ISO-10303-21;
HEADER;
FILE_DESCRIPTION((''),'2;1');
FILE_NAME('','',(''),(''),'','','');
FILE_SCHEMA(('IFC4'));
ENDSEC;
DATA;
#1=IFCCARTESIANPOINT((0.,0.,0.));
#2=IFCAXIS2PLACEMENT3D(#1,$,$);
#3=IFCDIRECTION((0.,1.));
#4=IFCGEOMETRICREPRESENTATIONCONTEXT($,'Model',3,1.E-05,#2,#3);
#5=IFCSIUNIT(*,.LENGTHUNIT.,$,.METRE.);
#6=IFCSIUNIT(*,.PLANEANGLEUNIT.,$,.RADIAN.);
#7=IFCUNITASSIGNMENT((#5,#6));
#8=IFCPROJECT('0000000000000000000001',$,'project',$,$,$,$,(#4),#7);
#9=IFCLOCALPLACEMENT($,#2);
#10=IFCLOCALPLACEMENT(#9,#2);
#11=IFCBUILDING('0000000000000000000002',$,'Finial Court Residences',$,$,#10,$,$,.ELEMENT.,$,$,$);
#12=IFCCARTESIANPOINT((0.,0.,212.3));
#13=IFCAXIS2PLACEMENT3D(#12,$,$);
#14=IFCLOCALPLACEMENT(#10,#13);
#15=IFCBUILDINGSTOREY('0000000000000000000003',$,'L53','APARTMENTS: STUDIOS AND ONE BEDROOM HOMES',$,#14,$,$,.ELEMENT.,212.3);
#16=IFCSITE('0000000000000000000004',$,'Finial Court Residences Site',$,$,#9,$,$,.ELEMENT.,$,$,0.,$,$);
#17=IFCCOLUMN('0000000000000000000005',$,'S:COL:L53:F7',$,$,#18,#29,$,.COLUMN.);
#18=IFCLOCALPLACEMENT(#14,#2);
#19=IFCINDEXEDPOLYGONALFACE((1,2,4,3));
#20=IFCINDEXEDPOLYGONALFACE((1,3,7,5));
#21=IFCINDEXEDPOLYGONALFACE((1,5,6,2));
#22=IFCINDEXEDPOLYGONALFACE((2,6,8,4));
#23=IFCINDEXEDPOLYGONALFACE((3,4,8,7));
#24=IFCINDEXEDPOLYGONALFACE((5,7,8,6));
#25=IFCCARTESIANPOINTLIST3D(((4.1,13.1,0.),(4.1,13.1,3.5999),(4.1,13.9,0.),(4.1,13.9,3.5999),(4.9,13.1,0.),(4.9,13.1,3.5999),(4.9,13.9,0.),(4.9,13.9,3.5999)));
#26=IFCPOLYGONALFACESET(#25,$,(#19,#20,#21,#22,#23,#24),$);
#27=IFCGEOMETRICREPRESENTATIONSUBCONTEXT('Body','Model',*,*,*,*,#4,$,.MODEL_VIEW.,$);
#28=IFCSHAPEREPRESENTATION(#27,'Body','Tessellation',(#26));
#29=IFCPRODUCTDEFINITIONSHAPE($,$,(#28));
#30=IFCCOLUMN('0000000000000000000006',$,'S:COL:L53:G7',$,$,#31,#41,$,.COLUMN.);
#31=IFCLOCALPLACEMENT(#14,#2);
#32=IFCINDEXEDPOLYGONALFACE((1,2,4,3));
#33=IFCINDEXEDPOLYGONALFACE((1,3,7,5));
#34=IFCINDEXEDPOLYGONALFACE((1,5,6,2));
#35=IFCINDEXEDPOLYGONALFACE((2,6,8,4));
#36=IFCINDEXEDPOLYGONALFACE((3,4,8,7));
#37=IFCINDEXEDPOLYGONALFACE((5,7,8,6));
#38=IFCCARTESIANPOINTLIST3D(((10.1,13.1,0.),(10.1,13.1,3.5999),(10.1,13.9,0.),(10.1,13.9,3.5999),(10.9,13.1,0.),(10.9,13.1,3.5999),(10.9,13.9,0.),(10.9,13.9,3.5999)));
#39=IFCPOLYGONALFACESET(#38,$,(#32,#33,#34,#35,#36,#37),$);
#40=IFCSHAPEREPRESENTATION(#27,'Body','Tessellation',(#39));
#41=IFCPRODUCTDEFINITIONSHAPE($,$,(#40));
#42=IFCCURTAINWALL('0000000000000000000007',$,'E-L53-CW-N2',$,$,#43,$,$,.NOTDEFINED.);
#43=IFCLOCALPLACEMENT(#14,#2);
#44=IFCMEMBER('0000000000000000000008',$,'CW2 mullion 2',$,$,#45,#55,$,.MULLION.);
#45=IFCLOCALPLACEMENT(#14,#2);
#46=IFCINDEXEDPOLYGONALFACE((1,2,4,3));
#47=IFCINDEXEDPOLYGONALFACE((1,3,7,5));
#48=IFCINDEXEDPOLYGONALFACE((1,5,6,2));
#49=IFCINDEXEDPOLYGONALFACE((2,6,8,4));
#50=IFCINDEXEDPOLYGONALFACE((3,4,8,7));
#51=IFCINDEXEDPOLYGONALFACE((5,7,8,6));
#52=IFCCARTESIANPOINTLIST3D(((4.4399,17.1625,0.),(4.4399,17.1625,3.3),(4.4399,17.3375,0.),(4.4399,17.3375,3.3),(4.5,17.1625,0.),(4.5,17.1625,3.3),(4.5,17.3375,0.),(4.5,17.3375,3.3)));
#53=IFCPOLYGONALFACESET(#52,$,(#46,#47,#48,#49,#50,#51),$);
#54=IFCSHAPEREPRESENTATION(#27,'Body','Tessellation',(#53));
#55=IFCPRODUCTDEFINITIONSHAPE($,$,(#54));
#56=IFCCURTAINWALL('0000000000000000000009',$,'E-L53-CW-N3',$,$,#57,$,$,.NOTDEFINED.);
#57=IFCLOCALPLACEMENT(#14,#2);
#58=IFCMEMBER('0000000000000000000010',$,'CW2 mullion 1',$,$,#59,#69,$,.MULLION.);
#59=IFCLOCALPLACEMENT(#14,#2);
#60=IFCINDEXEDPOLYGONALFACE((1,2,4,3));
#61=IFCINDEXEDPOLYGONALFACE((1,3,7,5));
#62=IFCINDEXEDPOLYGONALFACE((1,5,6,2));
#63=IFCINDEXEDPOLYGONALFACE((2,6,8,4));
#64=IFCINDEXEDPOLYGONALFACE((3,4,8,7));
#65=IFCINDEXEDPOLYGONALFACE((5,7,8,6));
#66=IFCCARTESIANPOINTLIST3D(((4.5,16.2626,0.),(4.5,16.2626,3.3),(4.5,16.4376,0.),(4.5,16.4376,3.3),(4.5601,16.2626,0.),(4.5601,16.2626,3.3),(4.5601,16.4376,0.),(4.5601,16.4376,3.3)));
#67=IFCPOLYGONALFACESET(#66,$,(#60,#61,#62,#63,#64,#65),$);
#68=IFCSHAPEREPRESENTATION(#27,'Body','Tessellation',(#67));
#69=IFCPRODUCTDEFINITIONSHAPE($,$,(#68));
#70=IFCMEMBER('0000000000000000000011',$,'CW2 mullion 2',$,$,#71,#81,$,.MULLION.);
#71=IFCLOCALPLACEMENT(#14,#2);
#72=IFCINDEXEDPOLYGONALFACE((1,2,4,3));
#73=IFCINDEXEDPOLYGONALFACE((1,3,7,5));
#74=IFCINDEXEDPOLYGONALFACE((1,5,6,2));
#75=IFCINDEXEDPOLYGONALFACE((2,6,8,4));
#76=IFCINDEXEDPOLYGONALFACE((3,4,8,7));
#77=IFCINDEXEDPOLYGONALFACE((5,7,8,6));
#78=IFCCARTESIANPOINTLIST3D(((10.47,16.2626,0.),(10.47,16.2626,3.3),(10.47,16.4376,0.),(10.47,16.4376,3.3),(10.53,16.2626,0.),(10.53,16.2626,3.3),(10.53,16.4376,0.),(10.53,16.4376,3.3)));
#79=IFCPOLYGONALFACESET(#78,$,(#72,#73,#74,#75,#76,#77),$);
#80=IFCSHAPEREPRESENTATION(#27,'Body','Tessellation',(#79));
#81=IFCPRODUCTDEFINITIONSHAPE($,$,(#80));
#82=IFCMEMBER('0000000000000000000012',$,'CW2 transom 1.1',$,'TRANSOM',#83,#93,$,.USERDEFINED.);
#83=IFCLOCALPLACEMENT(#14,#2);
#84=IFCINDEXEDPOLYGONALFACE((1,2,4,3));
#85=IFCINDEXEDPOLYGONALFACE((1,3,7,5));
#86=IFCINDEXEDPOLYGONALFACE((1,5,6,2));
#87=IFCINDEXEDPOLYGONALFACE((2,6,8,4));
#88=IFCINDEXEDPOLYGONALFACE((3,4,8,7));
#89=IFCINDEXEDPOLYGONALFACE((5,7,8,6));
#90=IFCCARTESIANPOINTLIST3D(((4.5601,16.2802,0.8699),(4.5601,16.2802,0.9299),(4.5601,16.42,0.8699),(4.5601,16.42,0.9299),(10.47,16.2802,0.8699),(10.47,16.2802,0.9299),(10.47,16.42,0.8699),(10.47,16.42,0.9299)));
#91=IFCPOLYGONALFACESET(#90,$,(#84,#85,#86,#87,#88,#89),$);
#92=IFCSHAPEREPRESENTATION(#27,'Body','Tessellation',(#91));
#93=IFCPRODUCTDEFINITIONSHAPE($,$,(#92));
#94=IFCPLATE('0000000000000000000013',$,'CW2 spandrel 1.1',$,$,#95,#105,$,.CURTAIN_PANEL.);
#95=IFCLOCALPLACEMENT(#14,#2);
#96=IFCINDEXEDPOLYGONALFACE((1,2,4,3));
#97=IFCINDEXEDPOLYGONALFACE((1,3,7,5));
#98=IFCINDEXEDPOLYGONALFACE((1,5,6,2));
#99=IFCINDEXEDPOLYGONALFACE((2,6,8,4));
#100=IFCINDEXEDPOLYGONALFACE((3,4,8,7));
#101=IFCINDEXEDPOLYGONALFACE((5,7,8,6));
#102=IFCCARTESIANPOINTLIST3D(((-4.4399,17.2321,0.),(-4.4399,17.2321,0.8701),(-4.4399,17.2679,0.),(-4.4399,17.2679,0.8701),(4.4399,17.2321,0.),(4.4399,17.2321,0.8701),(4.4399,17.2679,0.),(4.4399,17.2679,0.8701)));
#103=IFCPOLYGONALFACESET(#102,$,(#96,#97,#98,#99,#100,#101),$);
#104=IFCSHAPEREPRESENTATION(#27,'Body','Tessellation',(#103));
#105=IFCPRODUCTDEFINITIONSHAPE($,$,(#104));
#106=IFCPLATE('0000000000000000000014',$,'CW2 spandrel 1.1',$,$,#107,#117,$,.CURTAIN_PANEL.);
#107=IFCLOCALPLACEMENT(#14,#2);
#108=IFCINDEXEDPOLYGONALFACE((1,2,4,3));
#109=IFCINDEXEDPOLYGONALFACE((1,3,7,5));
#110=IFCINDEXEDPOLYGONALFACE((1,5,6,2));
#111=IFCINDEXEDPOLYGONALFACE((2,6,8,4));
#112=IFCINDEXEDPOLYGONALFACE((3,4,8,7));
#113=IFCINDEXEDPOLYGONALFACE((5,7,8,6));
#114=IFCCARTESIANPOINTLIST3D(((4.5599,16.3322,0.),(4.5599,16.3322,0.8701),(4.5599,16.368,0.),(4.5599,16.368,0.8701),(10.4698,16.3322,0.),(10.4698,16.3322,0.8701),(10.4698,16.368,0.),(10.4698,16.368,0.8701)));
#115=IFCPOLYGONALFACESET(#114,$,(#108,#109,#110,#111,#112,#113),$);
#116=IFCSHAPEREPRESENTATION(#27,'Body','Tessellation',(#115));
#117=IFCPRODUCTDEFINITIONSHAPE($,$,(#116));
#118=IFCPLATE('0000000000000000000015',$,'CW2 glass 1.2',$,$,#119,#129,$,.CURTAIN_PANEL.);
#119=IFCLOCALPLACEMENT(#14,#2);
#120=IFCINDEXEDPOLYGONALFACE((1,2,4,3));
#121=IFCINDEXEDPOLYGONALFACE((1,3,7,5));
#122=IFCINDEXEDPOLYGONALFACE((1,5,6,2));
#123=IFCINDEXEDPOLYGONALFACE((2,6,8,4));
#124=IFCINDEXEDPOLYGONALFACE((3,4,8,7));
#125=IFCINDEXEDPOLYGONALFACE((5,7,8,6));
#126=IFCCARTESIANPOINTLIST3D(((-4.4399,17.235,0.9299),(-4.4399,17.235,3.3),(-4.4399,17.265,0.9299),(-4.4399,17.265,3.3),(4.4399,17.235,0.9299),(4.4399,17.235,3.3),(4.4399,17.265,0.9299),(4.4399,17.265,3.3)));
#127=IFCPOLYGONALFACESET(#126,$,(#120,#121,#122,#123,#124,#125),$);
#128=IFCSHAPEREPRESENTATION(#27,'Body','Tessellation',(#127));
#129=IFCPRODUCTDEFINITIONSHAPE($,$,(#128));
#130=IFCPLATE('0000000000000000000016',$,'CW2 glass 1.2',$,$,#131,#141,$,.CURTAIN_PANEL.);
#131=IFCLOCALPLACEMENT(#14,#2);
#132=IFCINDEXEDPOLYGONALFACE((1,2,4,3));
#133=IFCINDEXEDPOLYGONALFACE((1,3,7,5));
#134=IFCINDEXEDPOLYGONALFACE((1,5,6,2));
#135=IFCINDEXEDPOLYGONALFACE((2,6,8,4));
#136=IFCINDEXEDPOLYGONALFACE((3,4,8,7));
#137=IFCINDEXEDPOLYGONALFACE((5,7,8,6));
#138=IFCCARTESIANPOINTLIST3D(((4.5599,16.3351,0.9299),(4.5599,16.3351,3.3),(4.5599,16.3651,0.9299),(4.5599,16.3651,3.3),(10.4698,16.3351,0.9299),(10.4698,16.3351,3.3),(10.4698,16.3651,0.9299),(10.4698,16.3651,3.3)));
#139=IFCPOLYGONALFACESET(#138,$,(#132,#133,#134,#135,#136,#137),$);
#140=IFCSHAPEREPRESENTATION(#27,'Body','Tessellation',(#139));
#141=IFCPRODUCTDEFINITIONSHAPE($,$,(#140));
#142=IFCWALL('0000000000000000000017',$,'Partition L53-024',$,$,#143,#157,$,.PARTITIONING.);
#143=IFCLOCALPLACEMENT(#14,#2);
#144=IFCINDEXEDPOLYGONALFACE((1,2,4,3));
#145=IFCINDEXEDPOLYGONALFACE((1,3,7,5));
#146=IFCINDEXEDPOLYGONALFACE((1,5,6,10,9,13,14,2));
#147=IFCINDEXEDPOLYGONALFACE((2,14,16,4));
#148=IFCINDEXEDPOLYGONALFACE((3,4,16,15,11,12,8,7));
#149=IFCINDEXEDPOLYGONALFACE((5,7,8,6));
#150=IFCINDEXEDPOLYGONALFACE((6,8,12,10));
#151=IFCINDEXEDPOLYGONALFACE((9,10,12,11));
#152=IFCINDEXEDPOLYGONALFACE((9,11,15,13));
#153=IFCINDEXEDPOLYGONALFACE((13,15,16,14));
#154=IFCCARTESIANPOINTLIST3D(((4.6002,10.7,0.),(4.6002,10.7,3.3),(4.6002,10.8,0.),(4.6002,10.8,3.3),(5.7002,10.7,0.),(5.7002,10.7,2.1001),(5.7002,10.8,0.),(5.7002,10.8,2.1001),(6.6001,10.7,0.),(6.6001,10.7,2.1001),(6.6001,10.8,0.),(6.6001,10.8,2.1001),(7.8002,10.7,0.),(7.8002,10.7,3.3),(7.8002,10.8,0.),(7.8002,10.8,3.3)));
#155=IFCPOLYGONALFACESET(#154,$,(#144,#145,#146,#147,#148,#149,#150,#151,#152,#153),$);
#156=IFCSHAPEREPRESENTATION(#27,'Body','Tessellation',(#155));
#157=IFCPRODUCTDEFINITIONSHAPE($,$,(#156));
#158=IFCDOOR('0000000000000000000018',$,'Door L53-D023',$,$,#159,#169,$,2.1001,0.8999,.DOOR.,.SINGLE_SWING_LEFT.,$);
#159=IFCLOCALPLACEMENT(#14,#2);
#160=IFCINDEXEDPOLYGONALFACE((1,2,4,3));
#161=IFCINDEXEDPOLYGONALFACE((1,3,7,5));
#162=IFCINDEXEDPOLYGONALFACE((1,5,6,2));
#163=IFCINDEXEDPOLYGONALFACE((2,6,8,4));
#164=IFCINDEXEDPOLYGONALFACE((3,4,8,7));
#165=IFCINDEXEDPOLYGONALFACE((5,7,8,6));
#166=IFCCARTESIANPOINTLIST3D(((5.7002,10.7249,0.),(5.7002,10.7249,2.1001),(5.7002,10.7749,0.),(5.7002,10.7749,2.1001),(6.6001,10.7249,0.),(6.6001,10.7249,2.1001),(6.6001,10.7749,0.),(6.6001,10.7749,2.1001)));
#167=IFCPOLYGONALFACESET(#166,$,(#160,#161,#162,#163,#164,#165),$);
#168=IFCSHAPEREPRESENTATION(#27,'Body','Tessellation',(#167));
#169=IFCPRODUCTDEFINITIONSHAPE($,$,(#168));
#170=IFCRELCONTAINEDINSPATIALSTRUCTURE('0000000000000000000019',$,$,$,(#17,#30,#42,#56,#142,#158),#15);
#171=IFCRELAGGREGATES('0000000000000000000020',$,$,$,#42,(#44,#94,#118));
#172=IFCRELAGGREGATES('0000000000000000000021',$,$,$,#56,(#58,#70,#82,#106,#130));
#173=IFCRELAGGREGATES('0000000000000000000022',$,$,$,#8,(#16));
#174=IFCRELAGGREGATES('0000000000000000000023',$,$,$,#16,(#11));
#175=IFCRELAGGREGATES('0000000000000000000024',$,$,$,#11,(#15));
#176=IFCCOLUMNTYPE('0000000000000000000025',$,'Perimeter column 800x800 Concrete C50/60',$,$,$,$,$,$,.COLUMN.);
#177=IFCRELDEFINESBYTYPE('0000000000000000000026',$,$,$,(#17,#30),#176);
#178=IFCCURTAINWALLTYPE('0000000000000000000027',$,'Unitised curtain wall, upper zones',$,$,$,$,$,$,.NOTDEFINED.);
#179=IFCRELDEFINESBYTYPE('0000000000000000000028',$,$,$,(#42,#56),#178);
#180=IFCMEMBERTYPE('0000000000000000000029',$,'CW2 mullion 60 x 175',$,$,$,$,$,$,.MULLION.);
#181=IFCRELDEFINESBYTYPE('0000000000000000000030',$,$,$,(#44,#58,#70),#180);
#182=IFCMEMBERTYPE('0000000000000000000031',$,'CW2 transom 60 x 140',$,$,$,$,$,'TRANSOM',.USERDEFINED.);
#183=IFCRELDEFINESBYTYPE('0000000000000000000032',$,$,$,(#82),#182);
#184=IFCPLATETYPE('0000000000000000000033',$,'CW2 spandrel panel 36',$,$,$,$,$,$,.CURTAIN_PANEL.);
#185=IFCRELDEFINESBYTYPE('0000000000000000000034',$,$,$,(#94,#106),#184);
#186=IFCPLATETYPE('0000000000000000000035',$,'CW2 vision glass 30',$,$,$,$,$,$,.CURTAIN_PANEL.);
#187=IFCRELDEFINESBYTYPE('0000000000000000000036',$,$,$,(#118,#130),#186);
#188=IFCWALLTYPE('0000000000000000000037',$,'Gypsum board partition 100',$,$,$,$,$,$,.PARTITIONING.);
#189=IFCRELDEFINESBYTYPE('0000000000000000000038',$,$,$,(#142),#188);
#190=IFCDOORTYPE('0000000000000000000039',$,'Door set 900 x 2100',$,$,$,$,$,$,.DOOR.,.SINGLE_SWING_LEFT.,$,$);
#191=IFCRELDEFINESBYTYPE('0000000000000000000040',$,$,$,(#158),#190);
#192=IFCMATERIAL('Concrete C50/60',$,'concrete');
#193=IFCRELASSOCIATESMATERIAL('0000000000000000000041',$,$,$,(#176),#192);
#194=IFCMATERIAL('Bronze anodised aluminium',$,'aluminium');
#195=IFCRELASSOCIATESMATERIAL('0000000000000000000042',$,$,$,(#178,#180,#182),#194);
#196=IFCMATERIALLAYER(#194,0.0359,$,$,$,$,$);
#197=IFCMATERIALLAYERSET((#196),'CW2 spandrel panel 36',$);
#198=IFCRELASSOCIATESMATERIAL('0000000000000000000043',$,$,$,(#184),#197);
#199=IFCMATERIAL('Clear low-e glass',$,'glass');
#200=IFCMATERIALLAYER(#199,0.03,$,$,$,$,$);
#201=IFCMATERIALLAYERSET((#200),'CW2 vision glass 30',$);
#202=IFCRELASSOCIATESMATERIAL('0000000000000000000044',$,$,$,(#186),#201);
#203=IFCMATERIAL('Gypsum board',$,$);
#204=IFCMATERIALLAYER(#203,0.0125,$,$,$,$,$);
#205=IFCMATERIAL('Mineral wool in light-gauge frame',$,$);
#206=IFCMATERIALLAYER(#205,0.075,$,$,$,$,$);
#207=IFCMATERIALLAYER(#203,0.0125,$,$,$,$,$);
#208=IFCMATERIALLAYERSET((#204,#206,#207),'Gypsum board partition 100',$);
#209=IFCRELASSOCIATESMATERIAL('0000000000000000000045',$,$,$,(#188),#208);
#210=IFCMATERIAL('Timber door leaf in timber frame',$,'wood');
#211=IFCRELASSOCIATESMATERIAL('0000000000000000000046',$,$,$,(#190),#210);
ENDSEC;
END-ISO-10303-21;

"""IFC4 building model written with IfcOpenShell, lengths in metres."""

from ifc_helpers import new_model, si_unit, direction, frame, frame_2d, origin, origin_2d, place, context, subcontext, project, spatial, rectangle, extrude, material, layer, layer_set, material_profile, profile_set, type_object, element, fill, aggregate, save


model = new_model("IFC4")

# Units and contexts
model_context = context("Model", 3, precision=1e-05, world=origin(), true_north=direction((0.0, 1.0)))
body_context = subcontext(model_context, "Body", "Model", "MODEL_VIEW")
ifc_project = project(units=[si_unit("LENGTHUNIT", "METRE"), si_unit("PLANEANGLEUNIT", "RADIAN")], contexts=[model_context])

# Site, building, storey
site_placement = place(None, origin())
site = spatial("IfcSite", under=ifc_project, at=site_placement, Name="Finial Court Residences Site", CompositionType="ELEMENT", RefElevation=0.0)
building_placement = place(site_placement, origin())
building = spatial("IfcBuilding", under=site, at=building_placement, Name="Finial Court Residences", CompositionType="ELEMENT")
storey_placement = place(building_placement, frame((0.0, 0.0, 212.3)))
storey = spatial("IfcBuildingStorey", under=building, at=storey_placement, Name="L53", Description="APARTMENTS: STUDIOS AND ONE BEDROOM HOMES", CompositionType="ELEMENT", Elevation=212.3)

# Columns
ifc_material_1 = material(Name="Concrete C50/60", Category="concrete")
ifc_material_profile_1 = material_profile(ifc_material_1, rectangle(XDim=0.8, YDim=0.8, at=origin_2d()), Name="800x800")
ifc_profile_set_1 = profile_set([ifc_material_profile_1], Name="Concrete C50/60")
column_type = type_object("IfcColumnType", Name="Perimeter column 800x800 Concrete C50/60", PredefinedType="COLUMN", material=ifc_profile_set_1)
for number, where, z_axis, x_axis, name in (
    (1, (4.5, 13.5, 0.0), (0.0, 0.0, 1.0), (1.0, 0.0, 0.0), "S:COL:L53:F7"),
    (2, (10.5, 13.5, 0.0), (0.0, 0.0, 1.0), (1.0, 0.0, 0.0), "S:COL:L53:G7"),
):
    element("IfcColumn", number, at=place(storey_placement, frame(where, z_axis=z_axis, x_axis=x_axis)), inside=storey, type_object=column_type, Name=name, PredefinedType="COLUMN", context=body_context, shape_type="SweptSolid", body=[
        extrude(rectangle(XDim=0.8, YDim=0.8, at=origin_2d()), origin(), (0.0, 0.0, 1.0), 3.5999),
    ])

# Curtain wall, member
ifc_material_2 = material(Name="Bronze anodised aluminium", Category="aluminium")
curtain_wall_type = type_object("IfcCurtainWallType", Name="Unitised curtain wall, upper zones", PredefinedType="NOTDEFINED", material=ifc_material_2)
curtain_wall_1_placement = place(storey_placement, origin())
curtain_wall_1 = element("IfcCurtainWall", 3, at=curtain_wall_1_placement, inside=storey, type_object=curtain_wall_type, Name="E-L53-CW-N2", PredefinedType="NOTDEFINED")
ifc_material_profile_2 = material_profile(ifc_material_2, rectangle(XDim=0.175, YDim=0.0601, at=origin_2d()), Name="CW2 mullion 60 x 175")
ifc_profile_set_2 = profile_set([ifc_material_profile_2], Name="Bronze anodised aluminium")
member_type_1 = type_object("IfcMemberType", Name="CW2 mullion 60 x 175", PredefinedType="MULLION", material=ifc_profile_set_2)
member_1_placement = place(storey_placement, frame((4.47, 17.25, 0.0), z_axis=(0.0, 0.0, 1.0), x_axis=(0.0, 1.0, 0.0)))
member_1 = element("IfcMember", 4, at=member_1_placement, type_object=member_type_1, Name="CW2 mullion 2", PredefinedType="MULLION", context=body_context, shape_type="SweptSolid", body=[
    extrude(rectangle(XDim=0.175, YDim=0.0601, at=origin_2d()), origin(), (0.0, 0.0, 1.0), 3.3),
])

# Curtain wall, members
curtain_wall_2_placement = place(storey_placement, origin())
curtain_wall_2 = element("IfcCurtainWall", 5, at=curtain_wall_2_placement, inside=storey, type_object=curtain_wall_type, Name="E-L53-CW-N3", PredefinedType="NOTDEFINED")
member_2_placement = place(storey_placement, frame((4.53, 16.3501, 0.0), z_axis=(0.0, 0.0, 1.0), x_axis=(0.0, 1.0, 0.0)))
member_2 = element("IfcMember", 6, at=member_2_placement, type_object=member_type_1, Name="CW2 mullion 1", PredefinedType="MULLION", context=body_context, shape_type="SweptSolid", body=[
    extrude(rectangle(XDim=0.175, YDim=0.0601, at=origin_2d()), origin(), (0.0, 0.0, 1.0), 3.3),
])
member_3_placement = place(storey_placement, frame((10.5, 16.3501, 0.0), z_axis=(0.0, 0.0, 1.0), x_axis=(0.0, 1.0, 0.0)))
member_3 = element("IfcMember", 7, at=member_3_placement, type_object=member_type_1, Name="CW2 mullion 2", PredefinedType="MULLION", context=body_context, shape_type="SweptSolid", body=[
    extrude(rectangle(XDim=0.175, YDim=0.0601, at=origin_2d()), origin(), (0.0, 0.0, 1.0), 3.3),
])
ifc_material_profile_3 = material_profile(ifc_material_2, rectangle(XDim=0.1399, YDim=0.0601, at=origin_2d()), Name="CW2 transom 60 x 140")
ifc_profile_set_3 = profile_set([ifc_material_profile_3], Name="Bronze anodised aluminium")
member_type_2 = type_object("IfcMemberType", Name="CW2 transom 60 x 140", ElementType="TRANSOM", PredefinedType="USERDEFINED", material=ifc_profile_set_3)
member_4_placement = place(storey_placement, frame((4.5601, 16.3501, 0.8999), z_axis=(1.0, 0.0, 0.0), x_axis=(0.0, 1.0, 0.0)))
member_4 = element("IfcMember", 8, at=member_4_placement, type_object=member_type_2, Name="CW2 transom 1.1", ObjectType="TRANSOM", PredefinedType="USERDEFINED", context=body_context, shape_type="SweptSolid", body=[
    extrude(rectangle(XDim=0.1399, YDim=0.0601, at=origin_2d()), origin(), (0.0, 0.0, 1.0), 5.9099),
])

# Plates
ifc_layer_1 = layer(ifc_material_2, 0.0359)
ifc_layer_set_1 = layer_set([ifc_layer_1], Name="CW2 spandrel panel 36")
plate_type_1 = type_object("IfcPlateType", Name="CW2 spandrel panel 36", PredefinedType="CURTAIN_PANEL", material=ifc_layer_set_1)
plate_1_placement = place(storey_placement, frame((0.0, 17.25, 0.0), z_axis=(0.0, 0.0, 1.0), x_axis=(1.0, 0.0, 0.0)))
plate_1 = element("IfcPlate", 9, at=plate_1_placement, type_object=plate_type_1, Name="CW2 spandrel 1.1", PredefinedType="CURTAIN_PANEL", context=body_context, shape_type="SweptSolid", body=[
    extrude(rectangle(XDim=8.8799, YDim=0.0359, at=origin_2d()), origin(), (0.0, 0.0, 1.0), 0.8701),
])
plate_2_placement = place(storey_placement, frame((7.5149, 16.3501, 0.0), z_axis=(0.0, 0.0, 1.0), x_axis=(1.0, 0.0, 0.0)))
plate_2 = element("IfcPlate", 10, at=plate_2_placement, type_object=plate_type_1, Name="CW2 spandrel 1.1", PredefinedType="CURTAIN_PANEL", context=body_context, shape_type="SweptSolid", body=[
    extrude(rectangle(XDim=5.9099, YDim=0.0359, at=origin_2d()), origin(), (0.0, 0.0, 1.0), 0.8701),
])
ifc_material_3 = material(Name="Clear low-e glass", Category="glass")
ifc_layer_2 = layer(ifc_material_3, 0.03)
ifc_layer_set_2 = layer_set([ifc_layer_2], Name="CW2 vision glass 30")
plate_type_2 = type_object("IfcPlateType", Name="CW2 vision glass 30", PredefinedType="CURTAIN_PANEL", material=ifc_layer_set_2)
plate_3_placement = place(storey_placement, frame((0.0, 17.25, 0.9299), z_axis=(0.0, 0.0, 1.0), x_axis=(1.0, 0.0, 0.0)))
plate_3 = element("IfcPlate", 11, at=plate_3_placement, type_object=plate_type_2, Name="CW2 glass 1.2", PredefinedType="CURTAIN_PANEL", context=body_context, shape_type="SweptSolid", body=[
    extrude(rectangle(XDim=8.8799, YDim=0.03, at=origin_2d()), origin(), (0.0, 0.0, 1.0), 2.3701),
])
aggregate(curtain_wall_1, [member_1, plate_1, plate_3])
plate_4_placement = place(storey_placement, frame((7.5149, 16.3501, 0.9299), z_axis=(0.0, 0.0, 1.0), x_axis=(1.0, 0.0, 0.0)))
plate_4 = element("IfcPlate", 12, at=plate_4_placement, type_object=plate_type_2, Name="CW2 glass 1.2", PredefinedType="CURTAIN_PANEL", context=body_context, shape_type="SweptSolid", body=[
    extrude(rectangle(XDim=5.9099, YDim=0.03, at=origin_2d()), origin(), (0.0, 0.0, 1.0), 2.3701),
])
aggregate(curtain_wall_2, [member_2, member_3, member_4, plate_2, plate_4])

# Wall, opening, door
ifc_material_4 = material(Name="Gypsum board")
ifc_layer_3 = layer(ifc_material_4, 0.0125)
ifc_material_5 = material(Name="Mineral wool in light-gauge frame")
ifc_layer_4 = layer(ifc_material_5, 0.075)
ifc_layer_5 = layer(ifc_material_4, 0.0125)
ifc_layer_set_3 = layer_set([ifc_layer_3, ifc_layer_4, ifc_layer_5], Name="Gypsum board partition 100")
wall_type_1 = type_object("IfcWallType", Name="Gypsum board partition 100", PredefinedType="PARTITIONING", material=ifc_layer_set_3)
wall_1_placement = place(storey_placement, frame((4.6001, 10.75, 0.0), z_axis=(0.0, 0.0, 1.0), x_axis=(1.0, 0.0, 0.0)))
wall_1 = element("IfcWall", 13, at=wall_1_placement, inside=storey, type_object=wall_type_1, Name="Partition L53-024", PredefinedType="PARTITIONING", context=body_context, shape_type="SweptSolid", body=[
    extrude(rectangle(XDim=3.2, YDim=0.1001, at=frame_2d((1.6001, 0.0))), origin(), (0.0, 0.0, 1.0), 3.3),
])
opening_1_placement = place(wall_1_placement, frame((1.1001, 0.0, 0.0)))
opening_1 = element("IfcOpeningElement", 14, at=opening_1_placement, cuts=wall_1, PredefinedType="OPENING", context=body_context, shape_type="SweptSolid", body=[
    extrude(rectangle(XDim=0.8999, YDim=2.1001, at=frame_2d((0.45, 1.05))), frame((0.0, 0.0601, 0.0), z_axis=(0.0, -1.0, 0.0), x_axis=(1.0, 0.0, 0.0)), (0.0, 0.0, 1.0), 0.1201),
])
ifc_material_6 = material(Name="Timber door leaf in timber frame", Category="wood")
door_type = type_object("IfcDoorType", Name="Door set 900 x 2100", OperationType="SINGLE_SWING_LEFT", PredefinedType="DOOR", material=ifc_material_6)
door_1_placement = place(opening_1_placement, origin())
door_1 = element("IfcDoor", 15, at=door_1_placement, inside=storey, type_object=door_type, Name="Door L53-D023", OperationType="SINGLE_SWING_LEFT", OverallHeight=2.1001, OverallWidth=0.8999, PredefinedType="DOOR", context=body_context, shape_type="SweptSolid", body=[
    extrude(rectangle(XDim=0.8999, YDim=2.1001, at=frame_2d((0.45, 1.05))), frame((0.0, 0.0249, 0.0), z_axis=(0.0, -1.0, 0.0), x_axis=(1.0, 0.0, 0.0)), (0.0, 0.0, 1.0), 0.05),
])
fill(opening_1, door_1)

save(model, "model.ifc")
